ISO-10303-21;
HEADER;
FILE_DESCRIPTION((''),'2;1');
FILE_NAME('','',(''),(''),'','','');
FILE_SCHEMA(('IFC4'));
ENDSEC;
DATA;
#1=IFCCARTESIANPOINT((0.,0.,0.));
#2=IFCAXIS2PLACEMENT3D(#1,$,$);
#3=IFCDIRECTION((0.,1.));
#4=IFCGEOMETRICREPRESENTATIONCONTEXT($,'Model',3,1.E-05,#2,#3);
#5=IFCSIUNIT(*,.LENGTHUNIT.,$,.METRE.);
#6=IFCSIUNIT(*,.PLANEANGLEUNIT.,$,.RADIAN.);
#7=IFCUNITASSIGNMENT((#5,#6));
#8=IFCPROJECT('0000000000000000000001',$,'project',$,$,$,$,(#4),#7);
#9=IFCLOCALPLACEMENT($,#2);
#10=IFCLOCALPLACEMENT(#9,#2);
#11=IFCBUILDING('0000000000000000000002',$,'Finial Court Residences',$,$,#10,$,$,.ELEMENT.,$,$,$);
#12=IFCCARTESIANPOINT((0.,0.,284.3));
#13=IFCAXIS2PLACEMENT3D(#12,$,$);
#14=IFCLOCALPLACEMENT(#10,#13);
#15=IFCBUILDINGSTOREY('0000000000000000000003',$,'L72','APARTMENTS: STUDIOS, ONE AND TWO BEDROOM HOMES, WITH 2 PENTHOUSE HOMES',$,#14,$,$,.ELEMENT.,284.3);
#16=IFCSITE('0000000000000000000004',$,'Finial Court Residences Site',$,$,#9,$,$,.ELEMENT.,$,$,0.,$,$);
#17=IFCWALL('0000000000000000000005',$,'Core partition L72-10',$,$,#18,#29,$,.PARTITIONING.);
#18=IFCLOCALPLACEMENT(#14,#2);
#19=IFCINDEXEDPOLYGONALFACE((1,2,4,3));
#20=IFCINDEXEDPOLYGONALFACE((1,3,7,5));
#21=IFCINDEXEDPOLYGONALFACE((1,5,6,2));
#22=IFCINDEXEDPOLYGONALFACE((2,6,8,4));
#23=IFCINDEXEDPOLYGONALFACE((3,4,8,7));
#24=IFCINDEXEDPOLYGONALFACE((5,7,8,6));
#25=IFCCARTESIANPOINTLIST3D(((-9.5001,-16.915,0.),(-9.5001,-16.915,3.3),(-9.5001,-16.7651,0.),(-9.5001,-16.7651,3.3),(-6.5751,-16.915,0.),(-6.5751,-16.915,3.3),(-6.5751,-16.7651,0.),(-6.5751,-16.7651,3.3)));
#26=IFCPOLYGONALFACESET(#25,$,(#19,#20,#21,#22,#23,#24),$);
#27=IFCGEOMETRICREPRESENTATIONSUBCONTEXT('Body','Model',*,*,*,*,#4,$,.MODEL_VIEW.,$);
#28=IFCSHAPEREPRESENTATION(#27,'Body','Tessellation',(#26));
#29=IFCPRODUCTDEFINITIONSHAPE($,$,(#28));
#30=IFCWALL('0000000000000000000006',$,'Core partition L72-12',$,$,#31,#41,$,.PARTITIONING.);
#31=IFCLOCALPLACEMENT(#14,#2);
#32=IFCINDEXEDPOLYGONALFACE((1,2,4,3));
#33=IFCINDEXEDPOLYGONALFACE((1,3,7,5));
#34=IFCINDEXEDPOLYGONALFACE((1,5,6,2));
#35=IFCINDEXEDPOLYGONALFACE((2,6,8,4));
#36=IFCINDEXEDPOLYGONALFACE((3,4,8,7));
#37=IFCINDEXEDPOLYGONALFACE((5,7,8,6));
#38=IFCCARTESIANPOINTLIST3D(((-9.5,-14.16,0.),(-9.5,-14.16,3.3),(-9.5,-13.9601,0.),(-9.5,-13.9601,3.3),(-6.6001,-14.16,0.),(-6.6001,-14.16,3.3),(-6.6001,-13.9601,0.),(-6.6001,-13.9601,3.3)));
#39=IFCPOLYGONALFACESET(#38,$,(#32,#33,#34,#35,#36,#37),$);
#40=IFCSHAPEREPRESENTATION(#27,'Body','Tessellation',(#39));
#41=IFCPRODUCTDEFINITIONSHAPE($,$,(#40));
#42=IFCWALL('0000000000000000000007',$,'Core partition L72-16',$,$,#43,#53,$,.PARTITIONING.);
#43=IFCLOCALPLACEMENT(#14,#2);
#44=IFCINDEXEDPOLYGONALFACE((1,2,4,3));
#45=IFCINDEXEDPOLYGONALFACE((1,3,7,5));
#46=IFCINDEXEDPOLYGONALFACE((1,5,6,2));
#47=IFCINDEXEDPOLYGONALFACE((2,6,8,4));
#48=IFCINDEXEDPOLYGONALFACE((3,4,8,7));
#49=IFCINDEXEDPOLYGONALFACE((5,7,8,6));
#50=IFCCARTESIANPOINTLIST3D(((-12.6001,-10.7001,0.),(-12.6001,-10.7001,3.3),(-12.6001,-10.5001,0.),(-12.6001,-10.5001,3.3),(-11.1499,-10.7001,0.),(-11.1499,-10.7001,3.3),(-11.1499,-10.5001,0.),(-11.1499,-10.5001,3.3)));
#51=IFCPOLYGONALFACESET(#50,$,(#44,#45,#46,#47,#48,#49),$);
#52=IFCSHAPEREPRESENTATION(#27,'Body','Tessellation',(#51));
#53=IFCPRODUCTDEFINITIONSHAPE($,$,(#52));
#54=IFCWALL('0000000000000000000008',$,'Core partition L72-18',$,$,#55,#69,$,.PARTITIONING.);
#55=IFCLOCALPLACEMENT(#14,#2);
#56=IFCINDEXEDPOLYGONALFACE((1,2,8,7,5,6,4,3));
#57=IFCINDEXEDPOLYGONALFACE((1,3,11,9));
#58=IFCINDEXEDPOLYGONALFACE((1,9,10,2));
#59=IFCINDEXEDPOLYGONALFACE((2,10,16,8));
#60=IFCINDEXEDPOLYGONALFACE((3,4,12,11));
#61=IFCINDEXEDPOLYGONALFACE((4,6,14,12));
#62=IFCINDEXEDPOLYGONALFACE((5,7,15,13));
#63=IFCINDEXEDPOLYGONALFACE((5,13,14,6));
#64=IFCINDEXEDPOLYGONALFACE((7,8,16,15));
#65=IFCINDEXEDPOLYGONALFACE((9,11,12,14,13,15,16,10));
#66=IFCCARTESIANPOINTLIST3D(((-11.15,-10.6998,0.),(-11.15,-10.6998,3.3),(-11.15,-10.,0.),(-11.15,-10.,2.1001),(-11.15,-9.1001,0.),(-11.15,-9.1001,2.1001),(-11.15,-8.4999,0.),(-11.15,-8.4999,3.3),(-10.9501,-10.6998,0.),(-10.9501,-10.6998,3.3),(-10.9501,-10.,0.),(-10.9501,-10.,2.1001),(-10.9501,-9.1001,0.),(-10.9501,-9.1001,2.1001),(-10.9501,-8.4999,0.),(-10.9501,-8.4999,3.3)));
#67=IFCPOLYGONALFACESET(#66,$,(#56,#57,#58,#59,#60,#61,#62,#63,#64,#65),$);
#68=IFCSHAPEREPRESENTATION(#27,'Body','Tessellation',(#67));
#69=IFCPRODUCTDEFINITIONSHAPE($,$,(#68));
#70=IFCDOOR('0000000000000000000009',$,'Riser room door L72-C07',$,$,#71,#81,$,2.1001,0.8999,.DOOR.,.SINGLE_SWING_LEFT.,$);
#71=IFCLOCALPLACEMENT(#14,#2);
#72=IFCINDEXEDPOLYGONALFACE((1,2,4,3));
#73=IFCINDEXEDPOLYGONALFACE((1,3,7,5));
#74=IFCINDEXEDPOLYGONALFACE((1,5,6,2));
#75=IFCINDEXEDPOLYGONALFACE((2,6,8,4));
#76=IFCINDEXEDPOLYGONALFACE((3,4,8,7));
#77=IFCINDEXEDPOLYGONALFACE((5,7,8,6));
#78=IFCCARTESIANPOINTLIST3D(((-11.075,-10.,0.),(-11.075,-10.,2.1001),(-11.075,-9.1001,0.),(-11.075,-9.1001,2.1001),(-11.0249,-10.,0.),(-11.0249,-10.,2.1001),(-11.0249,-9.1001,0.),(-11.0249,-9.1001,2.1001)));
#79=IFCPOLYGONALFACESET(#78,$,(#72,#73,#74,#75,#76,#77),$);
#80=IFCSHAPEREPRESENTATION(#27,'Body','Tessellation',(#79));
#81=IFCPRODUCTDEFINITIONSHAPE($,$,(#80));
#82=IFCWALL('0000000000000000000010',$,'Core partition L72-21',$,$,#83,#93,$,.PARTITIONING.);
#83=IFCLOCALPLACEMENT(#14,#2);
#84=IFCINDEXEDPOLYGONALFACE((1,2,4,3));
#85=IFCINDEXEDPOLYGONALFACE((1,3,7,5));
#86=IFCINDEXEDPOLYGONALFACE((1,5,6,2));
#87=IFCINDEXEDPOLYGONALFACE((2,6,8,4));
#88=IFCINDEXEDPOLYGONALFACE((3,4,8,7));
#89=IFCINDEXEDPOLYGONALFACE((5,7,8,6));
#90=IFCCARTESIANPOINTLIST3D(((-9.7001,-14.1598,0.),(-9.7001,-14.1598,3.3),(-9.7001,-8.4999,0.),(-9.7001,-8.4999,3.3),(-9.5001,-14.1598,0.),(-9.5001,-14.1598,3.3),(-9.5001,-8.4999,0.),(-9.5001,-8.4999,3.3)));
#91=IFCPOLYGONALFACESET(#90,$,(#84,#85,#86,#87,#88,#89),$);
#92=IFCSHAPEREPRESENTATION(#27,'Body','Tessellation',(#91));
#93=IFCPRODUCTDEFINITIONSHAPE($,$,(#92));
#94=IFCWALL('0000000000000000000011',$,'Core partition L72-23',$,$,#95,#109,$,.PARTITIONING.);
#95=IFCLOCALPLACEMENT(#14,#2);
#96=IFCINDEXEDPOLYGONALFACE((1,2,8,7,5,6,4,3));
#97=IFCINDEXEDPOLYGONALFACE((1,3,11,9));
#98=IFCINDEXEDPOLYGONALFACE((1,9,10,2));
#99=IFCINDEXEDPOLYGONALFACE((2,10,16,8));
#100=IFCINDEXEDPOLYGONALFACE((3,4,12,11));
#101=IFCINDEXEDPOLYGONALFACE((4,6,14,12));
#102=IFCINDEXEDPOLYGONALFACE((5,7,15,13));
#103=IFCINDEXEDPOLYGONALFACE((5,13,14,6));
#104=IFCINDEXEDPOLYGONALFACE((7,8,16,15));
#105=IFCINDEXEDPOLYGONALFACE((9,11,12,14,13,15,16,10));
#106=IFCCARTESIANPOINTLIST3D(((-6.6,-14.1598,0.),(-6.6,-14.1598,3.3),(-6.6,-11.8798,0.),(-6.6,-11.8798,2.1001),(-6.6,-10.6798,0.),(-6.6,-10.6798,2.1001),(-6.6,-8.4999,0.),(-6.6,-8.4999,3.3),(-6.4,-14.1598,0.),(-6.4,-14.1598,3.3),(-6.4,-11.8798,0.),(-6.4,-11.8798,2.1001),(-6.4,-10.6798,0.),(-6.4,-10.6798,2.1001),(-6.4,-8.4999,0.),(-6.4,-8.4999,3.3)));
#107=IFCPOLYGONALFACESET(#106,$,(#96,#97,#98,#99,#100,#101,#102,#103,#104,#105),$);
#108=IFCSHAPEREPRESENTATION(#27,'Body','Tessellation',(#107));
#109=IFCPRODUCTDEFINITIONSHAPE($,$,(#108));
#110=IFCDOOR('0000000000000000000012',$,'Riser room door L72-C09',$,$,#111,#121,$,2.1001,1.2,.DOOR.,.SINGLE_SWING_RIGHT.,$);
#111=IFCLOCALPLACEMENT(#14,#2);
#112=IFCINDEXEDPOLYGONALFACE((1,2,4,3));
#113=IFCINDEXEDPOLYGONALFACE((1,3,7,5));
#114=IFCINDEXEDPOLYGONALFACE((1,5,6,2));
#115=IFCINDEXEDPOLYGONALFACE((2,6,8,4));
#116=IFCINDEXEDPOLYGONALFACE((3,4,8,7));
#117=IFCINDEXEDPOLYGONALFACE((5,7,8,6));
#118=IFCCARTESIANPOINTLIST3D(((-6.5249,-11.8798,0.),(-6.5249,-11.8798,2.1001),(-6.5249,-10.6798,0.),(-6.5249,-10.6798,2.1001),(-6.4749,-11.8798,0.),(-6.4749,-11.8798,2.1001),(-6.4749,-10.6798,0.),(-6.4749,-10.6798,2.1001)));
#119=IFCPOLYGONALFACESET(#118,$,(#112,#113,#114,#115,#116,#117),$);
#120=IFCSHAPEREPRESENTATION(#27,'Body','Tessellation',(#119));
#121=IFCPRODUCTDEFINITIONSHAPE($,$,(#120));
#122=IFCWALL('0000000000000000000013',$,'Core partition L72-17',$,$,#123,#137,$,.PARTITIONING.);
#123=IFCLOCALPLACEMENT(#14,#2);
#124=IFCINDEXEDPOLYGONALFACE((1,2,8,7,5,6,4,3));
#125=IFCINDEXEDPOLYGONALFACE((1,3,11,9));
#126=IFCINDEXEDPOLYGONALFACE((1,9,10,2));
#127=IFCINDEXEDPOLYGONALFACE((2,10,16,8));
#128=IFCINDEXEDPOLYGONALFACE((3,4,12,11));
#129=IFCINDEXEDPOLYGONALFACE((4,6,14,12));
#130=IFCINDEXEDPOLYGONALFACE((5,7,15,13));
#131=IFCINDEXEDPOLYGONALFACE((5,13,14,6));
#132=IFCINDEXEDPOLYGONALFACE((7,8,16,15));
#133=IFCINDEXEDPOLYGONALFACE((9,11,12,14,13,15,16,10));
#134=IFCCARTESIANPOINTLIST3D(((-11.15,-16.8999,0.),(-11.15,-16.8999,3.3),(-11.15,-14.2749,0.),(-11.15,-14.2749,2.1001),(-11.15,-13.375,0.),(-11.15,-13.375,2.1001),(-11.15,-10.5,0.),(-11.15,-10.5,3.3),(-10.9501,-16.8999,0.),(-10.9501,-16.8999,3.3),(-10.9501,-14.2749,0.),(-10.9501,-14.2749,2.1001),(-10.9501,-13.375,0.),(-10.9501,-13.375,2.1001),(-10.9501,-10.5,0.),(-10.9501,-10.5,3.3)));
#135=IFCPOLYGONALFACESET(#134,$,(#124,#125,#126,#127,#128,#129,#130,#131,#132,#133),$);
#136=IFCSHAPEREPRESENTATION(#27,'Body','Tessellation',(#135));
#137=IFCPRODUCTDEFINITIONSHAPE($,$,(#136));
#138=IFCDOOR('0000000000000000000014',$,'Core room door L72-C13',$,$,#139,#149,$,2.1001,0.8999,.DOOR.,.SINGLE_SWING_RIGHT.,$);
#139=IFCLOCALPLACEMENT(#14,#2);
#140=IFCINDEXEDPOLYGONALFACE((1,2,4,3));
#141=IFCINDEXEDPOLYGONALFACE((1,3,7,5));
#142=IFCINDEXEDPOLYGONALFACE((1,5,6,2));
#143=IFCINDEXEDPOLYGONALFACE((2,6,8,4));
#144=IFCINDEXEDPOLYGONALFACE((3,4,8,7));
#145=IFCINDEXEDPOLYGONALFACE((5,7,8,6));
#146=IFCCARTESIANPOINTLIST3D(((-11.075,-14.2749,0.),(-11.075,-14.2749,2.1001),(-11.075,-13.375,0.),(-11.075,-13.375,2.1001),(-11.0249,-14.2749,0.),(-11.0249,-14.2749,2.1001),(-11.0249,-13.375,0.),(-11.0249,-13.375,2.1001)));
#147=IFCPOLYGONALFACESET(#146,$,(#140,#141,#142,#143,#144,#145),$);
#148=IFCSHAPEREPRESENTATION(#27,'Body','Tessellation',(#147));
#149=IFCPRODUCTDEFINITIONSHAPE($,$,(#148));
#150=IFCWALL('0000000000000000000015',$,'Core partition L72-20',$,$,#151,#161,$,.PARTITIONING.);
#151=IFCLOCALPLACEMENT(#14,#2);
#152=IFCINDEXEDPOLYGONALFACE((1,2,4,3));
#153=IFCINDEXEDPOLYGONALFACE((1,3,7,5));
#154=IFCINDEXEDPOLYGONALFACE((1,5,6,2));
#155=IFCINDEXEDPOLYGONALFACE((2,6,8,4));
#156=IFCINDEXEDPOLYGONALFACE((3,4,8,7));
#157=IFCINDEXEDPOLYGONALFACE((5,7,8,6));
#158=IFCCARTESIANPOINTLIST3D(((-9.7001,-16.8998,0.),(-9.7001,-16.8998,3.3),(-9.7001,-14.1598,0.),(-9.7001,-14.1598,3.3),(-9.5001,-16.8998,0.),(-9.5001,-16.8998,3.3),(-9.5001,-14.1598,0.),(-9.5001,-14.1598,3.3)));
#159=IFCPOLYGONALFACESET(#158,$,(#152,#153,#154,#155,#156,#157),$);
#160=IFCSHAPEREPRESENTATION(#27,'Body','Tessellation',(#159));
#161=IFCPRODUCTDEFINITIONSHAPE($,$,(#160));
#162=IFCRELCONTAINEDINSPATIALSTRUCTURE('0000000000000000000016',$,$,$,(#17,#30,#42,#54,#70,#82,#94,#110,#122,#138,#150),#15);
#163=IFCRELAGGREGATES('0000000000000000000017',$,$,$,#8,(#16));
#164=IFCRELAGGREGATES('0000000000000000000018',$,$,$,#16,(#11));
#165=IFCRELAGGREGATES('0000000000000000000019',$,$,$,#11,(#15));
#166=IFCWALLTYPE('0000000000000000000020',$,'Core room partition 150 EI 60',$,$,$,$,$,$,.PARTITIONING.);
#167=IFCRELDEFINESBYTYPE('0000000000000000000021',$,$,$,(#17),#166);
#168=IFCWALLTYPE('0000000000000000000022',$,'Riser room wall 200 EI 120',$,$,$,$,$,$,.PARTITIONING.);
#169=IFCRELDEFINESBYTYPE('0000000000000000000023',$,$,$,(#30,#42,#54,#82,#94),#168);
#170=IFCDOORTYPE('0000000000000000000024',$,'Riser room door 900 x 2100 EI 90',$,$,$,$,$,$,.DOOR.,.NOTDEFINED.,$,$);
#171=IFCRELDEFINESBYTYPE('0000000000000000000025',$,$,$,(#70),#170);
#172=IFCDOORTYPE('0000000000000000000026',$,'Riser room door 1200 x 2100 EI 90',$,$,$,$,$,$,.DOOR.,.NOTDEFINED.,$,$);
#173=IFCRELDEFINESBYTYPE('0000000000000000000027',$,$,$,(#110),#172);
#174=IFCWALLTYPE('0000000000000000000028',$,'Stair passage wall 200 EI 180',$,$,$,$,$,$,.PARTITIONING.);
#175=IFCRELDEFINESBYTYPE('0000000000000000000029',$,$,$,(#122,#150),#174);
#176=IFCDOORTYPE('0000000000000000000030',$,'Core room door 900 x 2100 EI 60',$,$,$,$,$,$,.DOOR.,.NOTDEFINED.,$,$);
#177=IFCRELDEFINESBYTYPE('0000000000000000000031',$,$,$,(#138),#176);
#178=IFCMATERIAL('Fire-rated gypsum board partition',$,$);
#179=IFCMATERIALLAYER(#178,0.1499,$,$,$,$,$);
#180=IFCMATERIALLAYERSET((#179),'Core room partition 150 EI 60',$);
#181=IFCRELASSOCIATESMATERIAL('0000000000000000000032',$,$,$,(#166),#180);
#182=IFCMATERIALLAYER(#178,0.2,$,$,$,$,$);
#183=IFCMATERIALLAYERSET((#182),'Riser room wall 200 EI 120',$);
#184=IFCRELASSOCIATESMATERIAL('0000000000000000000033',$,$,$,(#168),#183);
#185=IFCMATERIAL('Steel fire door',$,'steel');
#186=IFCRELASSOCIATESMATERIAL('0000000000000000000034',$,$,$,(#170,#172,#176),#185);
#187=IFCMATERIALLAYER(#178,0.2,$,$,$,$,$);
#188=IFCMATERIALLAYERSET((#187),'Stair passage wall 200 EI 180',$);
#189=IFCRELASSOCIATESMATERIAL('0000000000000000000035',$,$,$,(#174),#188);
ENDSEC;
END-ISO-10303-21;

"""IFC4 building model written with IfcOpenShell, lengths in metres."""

from ifc_helpers import new_model, si_unit, direction, frame, frame_2d, origin, place, context, subcontext, project, spatial, rectangle, extrude, material, layer, layer_set, type_object, element, fill, save


model = new_model("IFC4")

# Units and contexts
model_context = context("Model", 3, precision=1e-05, world=origin(), true_north=direction((0.0, 1.0)))
body_context = subcontext(model_context, "Body", "Model", "MODEL_VIEW")
ifc_project = project(units=[si_unit("LENGTHUNIT", "METRE"), si_unit("PLANEANGLEUNIT", "RADIAN")], contexts=[model_context])

# Site, building, storey
site_placement = place(None, origin())
site = spatial("IfcSite", under=ifc_project, at=site_placement, Name="Finial Court Residences Site", CompositionType="ELEMENT", RefElevation=0.0)
building_placement = place(site_placement, origin())
building = spatial("IfcBuilding", under=site, at=building_placement, Name="Finial Court Residences", CompositionType="ELEMENT")
storey_placement = place(building_placement, frame((0.0, 0.0, 284.3)))
storey = spatial("IfcBuildingStorey", under=building, at=storey_placement, Name="L72", Description="APARTMENTS: STUDIOS, ONE AND TWO BEDROOM HOMES, WITH 2 PENTHOUSE HOMES", CompositionType="ELEMENT", Elevation=284.3)

# Walls
ifc_material_1 = material(Name="Fire-rated gypsum board partition")
ifc_layer_1 = layer(ifc_material_1, 0.1499)
ifc_layer_set_1 = layer_set([ifc_layer_1], Name="Core room partition 150 EI 60")
wall_type_1 = type_object("IfcWallType", Name="Core room partition 150 EI 60", PredefinedType="PARTITIONING", material=ifc_layer_set_1)
wall_1_placement = place(storey_placement, frame((-9.5, -16.8401, 0.0), z_axis=(0.0, 0.0, 1.0), x_axis=(1.0, 0.0, 0.0)))
element("IfcWall", 1, at=wall_1_placement, inside=storey, type_object=wall_type_1, Name="Core partition L72-10", PredefinedType="PARTITIONING", context=body_context, shape_type="SweptSolid", body=[
    extrude(rectangle(XDim=2.925, YDim=0.1499, at=frame_2d((1.4624, 0.0))), origin(), (0.0, 0.0, 1.0), 3.3),
])
ifc_layer_2 = layer(ifc_material_1, 0.2)
ifc_layer_set_2 = layer_set([ifc_layer_2], Name="Riser room wall 200 EI 120")
wall_type_2 = type_object("IfcWallType", Name="Riser room wall 200 EI 120", PredefinedType="PARTITIONING", material=ifc_layer_set_2)
wall_2_placement = place(storey_placement, frame((-9.5, -14.0601, 0.0), z_axis=(0.0, 0.0, 1.0), x_axis=(1.0, 0.0, 0.0)))
element("IfcWall", 2, at=wall_2_placement, inside=storey, type_object=wall_type_2, Name="Core partition L72-12", PredefinedType="PARTITIONING", context=body_context, shape_type="SweptSolid", body=[
    extrude(rectangle(XDim=2.8999, YDim=0.2, at=frame_2d((1.45, 0.0))), origin(), (0.0, 0.0, 1.0), 3.3),
])
wall_3_placement = place(storey_placement, frame((-12.6001, -10.6001, 0.0), z_axis=(0.0, 0.0, 1.0), x_axis=(1.0, 0.0, 0.0)))
element("IfcWall", 3, at=wall_3_placement, inside=storey, type_object=wall_type_2, Name="Core partition L72-16", PredefinedType="PARTITIONING", context=body_context, shape_type="SweptSolid", body=[
    extrude(rectangle(XDim=1.4502, YDim=0.2, at=frame_2d((0.7251, 0.0))), origin(), (0.0, 0.0, 1.0), 3.3),
])

# Wall, opening, door
wall_4_placement = place(storey_placement, frame((-11.05, -10.7, 0.0), z_axis=(0.0, 0.0, 1.0), x_axis=(0.0, 1.0, 0.0)))
wall_4 = element("IfcWall", 4, at=wall_4_placement, inside=storey, type_object=wall_type_2, Name="Core partition L72-18", PredefinedType="PARTITIONING", context=body_context, shape_type="SweptSolid", body=[
    extrude(rectangle(XDim=2.2, YDim=0.2, at=frame_2d((1.1001, 0.0))), origin(), (0.0, 0.0, 1.0), 3.3),
])
opening_1_placement = place(wall_4_placement, frame((0.7, 0.0, 0.0)))
opening_1 = element("IfcOpeningElement", 5, at=opening_1_placement, cuts=wall_4, PredefinedType="OPENING", context=body_context, shape_type="SweptSolid", body=[
    extrude(rectangle(XDim=0.8999, YDim=2.1001, at=frame_2d((0.45, 1.05))), frame((0.0, 0.1099, 0.0), z_axis=(0.0, -1.0, 0.0), x_axis=(1.0, 0.0, 0.0)), (0.0, 0.0, 1.0), 0.22),
])
ifc_material_2 = material(Name="Steel fire door", Category="steel")
door_type_1 = type_object("IfcDoorType", Name="Riser room door 900 x 2100 EI 90", OperationType="NOTDEFINED", PredefinedType="DOOR", material=ifc_material_2)
door_1_placement = place(opening_1_placement, origin())
door_1 = element("IfcDoor", 6, at=door_1_placement, inside=storey, type_object=door_type_1, Name="Riser room door L72-C07", OperationType="SINGLE_SWING_LEFT", OverallHeight=2.1001, OverallWidth=0.8999, PredefinedType="DOOR", context=body_context, shape_type="SweptSolid", body=[
    extrude(rectangle(XDim=0.8999, YDim=2.1001, at=frame_2d((0.45, 1.05))), frame((0.0, 0.0249, 0.0), z_axis=(0.0, -1.0, 0.0), x_axis=(1.0, 0.0, 0.0)), (0.0, 0.0, 1.0), 0.05),
])
fill(opening_1, door_1)

# Wall
wall_5_placement = place(storey_placement, frame((-9.6001, -14.1599, 0.0), z_axis=(0.0, 0.0, 1.0), x_axis=(0.0, 1.0, 0.0)))
element("IfcWall", 7, at=wall_5_placement, inside=storey, type_object=wall_type_2, Name="Core partition L72-21", PredefinedType="PARTITIONING", context=body_context, shape_type="SweptSolid", body=[
    extrude(rectangle(XDim=5.6599, YDim=0.2, at=frame_2d((2.8301, 0.0))), origin(), (0.0, 0.0, 1.0), 3.3),
])

# Walls, openings, doors
wall_6_placement = place(storey_placement, frame((-6.5, -14.1599, 0.0), z_axis=(0.0, 0.0, 1.0), x_axis=(0.0, 1.0, 0.0)))
wall_6 = element("IfcWall", 8, at=wall_6_placement, inside=storey, type_object=wall_type_2, Name="Core partition L72-23", PredefinedType="PARTITIONING", context=body_context, shape_type="SweptSolid", body=[
    extrude(rectangle(XDim=5.6599, YDim=0.2, at=frame_2d((2.8301, 0.0))), origin(), (0.0, 0.0, 1.0), 3.3),
])
opening_2_placement = place(wall_6_placement, frame((2.28, 0.0, 0.0)))
opening_2 = element("IfcOpeningElement", 9, at=opening_2_placement, cuts=wall_6, PredefinedType="OPENING", context=body_context, shape_type="SweptSolid", body=[
    extrude(rectangle(XDim=1.2, YDim=2.1001, at=frame_2d((0.6001, 1.05))), frame((0.0, 0.1099, 0.0), z_axis=(0.0, -1.0, 0.0), x_axis=(1.0, 0.0, 0.0)), (0.0, 0.0, 1.0), 0.22),
])
door_type_2 = type_object("IfcDoorType", Name="Riser room door 1200 x 2100 EI 90", OperationType="NOTDEFINED", PredefinedType="DOOR", material=ifc_material_2)
door_2_placement = place(opening_2_placement, origin())
door_2 = element("IfcDoor", 10, at=door_2_placement, inside=storey, type_object=door_type_2, Name="Riser room door L72-C09", OperationType="SINGLE_SWING_RIGHT", OverallHeight=2.1001, OverallWidth=1.2, PredefinedType="DOOR", context=body_context, shape_type="SweptSolid", body=[
    extrude(rectangle(XDim=1.2, YDim=2.1001, at=frame_2d((0.6001, 1.05))), frame((0.0, 0.0249, 0.0), z_axis=(0.0, -1.0, 0.0), x_axis=(1.0, 0.0, 0.0)), (0.0, 0.0, 1.0), 0.05),
])
fill(opening_2, door_2)
ifc_layer_3 = layer(ifc_material_1, 0.2)
ifc_layer_set_3 = layer_set([ifc_layer_3], Name="Stair passage wall 200 EI 180")
wall_type_3 = type_object("IfcWallType", Name="Stair passage wall 200 EI 180", PredefinedType="PARTITIONING", material=ifc_layer_set_3)
wall_7_placement = place(storey_placement, frame((-11.05, -16.8999, 0.0), z_axis=(0.0, 0.0, 1.0), x_axis=(0.0, 1.0, 0.0)))
wall_7 = element("IfcWall", 11, at=wall_7_placement, inside=storey, type_object=wall_type_3, Name="Core partition L72-17", PredefinedType="PARTITIONING", context=body_context, shape_type="SweptSolid", body=[
    extrude(rectangle(XDim=6.3999, YDim=0.2, at=frame_2d((3.2, 0.0))), origin(), (0.0, 0.0, 1.0), 3.3),
])
opening_3_placement = place(wall_7_placement, frame((2.625, 0.0, 0.0)))
opening_3 = element("IfcOpeningElement", 12, at=opening_3_placement, cuts=wall_7, PredefinedType="OPENING", context=body_context, shape_type="SweptSolid", body=[
    extrude(rectangle(XDim=0.8999, YDim=2.1001, at=frame_2d((0.45, 1.05))), frame((0.0, 0.1099, 0.0), z_axis=(0.0, -1.0, 0.0), x_axis=(1.0, 0.0, 0.0)), (0.0, 0.0, 1.0), 0.22),
])
door_type_3 = type_object("IfcDoorType", Name="Core room door 900 x 2100 EI 60", OperationType="NOTDEFINED", PredefinedType="DOOR", material=ifc_material_2)
door_3_placement = place(opening_3_placement, origin())
door_3 = element("IfcDoor", 13, at=door_3_placement, inside=storey, type_object=door_type_3, Name="Core room door L72-C13", OperationType="SINGLE_SWING_RIGHT", OverallHeight=2.1001, OverallWidth=0.8999, PredefinedType="DOOR", context=body_context, shape_type="SweptSolid", body=[
    extrude(rectangle(XDim=0.8999, YDim=2.1001, at=frame_2d((0.45, 1.05))), frame((0.0, 0.0249, 0.0), z_axis=(0.0, -1.0, 0.0), x_axis=(1.0, 0.0, 0.0)), (0.0, 0.0, 1.0), 0.05),
])
fill(opening_3, door_3)

# Wall
wall_8_placement = place(storey_placement, frame((-9.6001, -16.8999, 0.0), z_axis=(0.0, 0.0, 1.0), x_axis=(0.0, 1.0, 0.0)))
element("IfcWall", 14, at=wall_8_placement, inside=storey, type_object=wall_type_3, Name="Core partition L72-20", PredefinedType="PARTITIONING", context=body_context, shape_type="SweptSolid", body=[
    extrude(rectangle(XDim=2.74, YDim=0.2, at=frame_2d((1.3701, 0.0))), origin(), (0.0, 0.0, 1.0), 3.3),
])

save(model, "model.ifc")
